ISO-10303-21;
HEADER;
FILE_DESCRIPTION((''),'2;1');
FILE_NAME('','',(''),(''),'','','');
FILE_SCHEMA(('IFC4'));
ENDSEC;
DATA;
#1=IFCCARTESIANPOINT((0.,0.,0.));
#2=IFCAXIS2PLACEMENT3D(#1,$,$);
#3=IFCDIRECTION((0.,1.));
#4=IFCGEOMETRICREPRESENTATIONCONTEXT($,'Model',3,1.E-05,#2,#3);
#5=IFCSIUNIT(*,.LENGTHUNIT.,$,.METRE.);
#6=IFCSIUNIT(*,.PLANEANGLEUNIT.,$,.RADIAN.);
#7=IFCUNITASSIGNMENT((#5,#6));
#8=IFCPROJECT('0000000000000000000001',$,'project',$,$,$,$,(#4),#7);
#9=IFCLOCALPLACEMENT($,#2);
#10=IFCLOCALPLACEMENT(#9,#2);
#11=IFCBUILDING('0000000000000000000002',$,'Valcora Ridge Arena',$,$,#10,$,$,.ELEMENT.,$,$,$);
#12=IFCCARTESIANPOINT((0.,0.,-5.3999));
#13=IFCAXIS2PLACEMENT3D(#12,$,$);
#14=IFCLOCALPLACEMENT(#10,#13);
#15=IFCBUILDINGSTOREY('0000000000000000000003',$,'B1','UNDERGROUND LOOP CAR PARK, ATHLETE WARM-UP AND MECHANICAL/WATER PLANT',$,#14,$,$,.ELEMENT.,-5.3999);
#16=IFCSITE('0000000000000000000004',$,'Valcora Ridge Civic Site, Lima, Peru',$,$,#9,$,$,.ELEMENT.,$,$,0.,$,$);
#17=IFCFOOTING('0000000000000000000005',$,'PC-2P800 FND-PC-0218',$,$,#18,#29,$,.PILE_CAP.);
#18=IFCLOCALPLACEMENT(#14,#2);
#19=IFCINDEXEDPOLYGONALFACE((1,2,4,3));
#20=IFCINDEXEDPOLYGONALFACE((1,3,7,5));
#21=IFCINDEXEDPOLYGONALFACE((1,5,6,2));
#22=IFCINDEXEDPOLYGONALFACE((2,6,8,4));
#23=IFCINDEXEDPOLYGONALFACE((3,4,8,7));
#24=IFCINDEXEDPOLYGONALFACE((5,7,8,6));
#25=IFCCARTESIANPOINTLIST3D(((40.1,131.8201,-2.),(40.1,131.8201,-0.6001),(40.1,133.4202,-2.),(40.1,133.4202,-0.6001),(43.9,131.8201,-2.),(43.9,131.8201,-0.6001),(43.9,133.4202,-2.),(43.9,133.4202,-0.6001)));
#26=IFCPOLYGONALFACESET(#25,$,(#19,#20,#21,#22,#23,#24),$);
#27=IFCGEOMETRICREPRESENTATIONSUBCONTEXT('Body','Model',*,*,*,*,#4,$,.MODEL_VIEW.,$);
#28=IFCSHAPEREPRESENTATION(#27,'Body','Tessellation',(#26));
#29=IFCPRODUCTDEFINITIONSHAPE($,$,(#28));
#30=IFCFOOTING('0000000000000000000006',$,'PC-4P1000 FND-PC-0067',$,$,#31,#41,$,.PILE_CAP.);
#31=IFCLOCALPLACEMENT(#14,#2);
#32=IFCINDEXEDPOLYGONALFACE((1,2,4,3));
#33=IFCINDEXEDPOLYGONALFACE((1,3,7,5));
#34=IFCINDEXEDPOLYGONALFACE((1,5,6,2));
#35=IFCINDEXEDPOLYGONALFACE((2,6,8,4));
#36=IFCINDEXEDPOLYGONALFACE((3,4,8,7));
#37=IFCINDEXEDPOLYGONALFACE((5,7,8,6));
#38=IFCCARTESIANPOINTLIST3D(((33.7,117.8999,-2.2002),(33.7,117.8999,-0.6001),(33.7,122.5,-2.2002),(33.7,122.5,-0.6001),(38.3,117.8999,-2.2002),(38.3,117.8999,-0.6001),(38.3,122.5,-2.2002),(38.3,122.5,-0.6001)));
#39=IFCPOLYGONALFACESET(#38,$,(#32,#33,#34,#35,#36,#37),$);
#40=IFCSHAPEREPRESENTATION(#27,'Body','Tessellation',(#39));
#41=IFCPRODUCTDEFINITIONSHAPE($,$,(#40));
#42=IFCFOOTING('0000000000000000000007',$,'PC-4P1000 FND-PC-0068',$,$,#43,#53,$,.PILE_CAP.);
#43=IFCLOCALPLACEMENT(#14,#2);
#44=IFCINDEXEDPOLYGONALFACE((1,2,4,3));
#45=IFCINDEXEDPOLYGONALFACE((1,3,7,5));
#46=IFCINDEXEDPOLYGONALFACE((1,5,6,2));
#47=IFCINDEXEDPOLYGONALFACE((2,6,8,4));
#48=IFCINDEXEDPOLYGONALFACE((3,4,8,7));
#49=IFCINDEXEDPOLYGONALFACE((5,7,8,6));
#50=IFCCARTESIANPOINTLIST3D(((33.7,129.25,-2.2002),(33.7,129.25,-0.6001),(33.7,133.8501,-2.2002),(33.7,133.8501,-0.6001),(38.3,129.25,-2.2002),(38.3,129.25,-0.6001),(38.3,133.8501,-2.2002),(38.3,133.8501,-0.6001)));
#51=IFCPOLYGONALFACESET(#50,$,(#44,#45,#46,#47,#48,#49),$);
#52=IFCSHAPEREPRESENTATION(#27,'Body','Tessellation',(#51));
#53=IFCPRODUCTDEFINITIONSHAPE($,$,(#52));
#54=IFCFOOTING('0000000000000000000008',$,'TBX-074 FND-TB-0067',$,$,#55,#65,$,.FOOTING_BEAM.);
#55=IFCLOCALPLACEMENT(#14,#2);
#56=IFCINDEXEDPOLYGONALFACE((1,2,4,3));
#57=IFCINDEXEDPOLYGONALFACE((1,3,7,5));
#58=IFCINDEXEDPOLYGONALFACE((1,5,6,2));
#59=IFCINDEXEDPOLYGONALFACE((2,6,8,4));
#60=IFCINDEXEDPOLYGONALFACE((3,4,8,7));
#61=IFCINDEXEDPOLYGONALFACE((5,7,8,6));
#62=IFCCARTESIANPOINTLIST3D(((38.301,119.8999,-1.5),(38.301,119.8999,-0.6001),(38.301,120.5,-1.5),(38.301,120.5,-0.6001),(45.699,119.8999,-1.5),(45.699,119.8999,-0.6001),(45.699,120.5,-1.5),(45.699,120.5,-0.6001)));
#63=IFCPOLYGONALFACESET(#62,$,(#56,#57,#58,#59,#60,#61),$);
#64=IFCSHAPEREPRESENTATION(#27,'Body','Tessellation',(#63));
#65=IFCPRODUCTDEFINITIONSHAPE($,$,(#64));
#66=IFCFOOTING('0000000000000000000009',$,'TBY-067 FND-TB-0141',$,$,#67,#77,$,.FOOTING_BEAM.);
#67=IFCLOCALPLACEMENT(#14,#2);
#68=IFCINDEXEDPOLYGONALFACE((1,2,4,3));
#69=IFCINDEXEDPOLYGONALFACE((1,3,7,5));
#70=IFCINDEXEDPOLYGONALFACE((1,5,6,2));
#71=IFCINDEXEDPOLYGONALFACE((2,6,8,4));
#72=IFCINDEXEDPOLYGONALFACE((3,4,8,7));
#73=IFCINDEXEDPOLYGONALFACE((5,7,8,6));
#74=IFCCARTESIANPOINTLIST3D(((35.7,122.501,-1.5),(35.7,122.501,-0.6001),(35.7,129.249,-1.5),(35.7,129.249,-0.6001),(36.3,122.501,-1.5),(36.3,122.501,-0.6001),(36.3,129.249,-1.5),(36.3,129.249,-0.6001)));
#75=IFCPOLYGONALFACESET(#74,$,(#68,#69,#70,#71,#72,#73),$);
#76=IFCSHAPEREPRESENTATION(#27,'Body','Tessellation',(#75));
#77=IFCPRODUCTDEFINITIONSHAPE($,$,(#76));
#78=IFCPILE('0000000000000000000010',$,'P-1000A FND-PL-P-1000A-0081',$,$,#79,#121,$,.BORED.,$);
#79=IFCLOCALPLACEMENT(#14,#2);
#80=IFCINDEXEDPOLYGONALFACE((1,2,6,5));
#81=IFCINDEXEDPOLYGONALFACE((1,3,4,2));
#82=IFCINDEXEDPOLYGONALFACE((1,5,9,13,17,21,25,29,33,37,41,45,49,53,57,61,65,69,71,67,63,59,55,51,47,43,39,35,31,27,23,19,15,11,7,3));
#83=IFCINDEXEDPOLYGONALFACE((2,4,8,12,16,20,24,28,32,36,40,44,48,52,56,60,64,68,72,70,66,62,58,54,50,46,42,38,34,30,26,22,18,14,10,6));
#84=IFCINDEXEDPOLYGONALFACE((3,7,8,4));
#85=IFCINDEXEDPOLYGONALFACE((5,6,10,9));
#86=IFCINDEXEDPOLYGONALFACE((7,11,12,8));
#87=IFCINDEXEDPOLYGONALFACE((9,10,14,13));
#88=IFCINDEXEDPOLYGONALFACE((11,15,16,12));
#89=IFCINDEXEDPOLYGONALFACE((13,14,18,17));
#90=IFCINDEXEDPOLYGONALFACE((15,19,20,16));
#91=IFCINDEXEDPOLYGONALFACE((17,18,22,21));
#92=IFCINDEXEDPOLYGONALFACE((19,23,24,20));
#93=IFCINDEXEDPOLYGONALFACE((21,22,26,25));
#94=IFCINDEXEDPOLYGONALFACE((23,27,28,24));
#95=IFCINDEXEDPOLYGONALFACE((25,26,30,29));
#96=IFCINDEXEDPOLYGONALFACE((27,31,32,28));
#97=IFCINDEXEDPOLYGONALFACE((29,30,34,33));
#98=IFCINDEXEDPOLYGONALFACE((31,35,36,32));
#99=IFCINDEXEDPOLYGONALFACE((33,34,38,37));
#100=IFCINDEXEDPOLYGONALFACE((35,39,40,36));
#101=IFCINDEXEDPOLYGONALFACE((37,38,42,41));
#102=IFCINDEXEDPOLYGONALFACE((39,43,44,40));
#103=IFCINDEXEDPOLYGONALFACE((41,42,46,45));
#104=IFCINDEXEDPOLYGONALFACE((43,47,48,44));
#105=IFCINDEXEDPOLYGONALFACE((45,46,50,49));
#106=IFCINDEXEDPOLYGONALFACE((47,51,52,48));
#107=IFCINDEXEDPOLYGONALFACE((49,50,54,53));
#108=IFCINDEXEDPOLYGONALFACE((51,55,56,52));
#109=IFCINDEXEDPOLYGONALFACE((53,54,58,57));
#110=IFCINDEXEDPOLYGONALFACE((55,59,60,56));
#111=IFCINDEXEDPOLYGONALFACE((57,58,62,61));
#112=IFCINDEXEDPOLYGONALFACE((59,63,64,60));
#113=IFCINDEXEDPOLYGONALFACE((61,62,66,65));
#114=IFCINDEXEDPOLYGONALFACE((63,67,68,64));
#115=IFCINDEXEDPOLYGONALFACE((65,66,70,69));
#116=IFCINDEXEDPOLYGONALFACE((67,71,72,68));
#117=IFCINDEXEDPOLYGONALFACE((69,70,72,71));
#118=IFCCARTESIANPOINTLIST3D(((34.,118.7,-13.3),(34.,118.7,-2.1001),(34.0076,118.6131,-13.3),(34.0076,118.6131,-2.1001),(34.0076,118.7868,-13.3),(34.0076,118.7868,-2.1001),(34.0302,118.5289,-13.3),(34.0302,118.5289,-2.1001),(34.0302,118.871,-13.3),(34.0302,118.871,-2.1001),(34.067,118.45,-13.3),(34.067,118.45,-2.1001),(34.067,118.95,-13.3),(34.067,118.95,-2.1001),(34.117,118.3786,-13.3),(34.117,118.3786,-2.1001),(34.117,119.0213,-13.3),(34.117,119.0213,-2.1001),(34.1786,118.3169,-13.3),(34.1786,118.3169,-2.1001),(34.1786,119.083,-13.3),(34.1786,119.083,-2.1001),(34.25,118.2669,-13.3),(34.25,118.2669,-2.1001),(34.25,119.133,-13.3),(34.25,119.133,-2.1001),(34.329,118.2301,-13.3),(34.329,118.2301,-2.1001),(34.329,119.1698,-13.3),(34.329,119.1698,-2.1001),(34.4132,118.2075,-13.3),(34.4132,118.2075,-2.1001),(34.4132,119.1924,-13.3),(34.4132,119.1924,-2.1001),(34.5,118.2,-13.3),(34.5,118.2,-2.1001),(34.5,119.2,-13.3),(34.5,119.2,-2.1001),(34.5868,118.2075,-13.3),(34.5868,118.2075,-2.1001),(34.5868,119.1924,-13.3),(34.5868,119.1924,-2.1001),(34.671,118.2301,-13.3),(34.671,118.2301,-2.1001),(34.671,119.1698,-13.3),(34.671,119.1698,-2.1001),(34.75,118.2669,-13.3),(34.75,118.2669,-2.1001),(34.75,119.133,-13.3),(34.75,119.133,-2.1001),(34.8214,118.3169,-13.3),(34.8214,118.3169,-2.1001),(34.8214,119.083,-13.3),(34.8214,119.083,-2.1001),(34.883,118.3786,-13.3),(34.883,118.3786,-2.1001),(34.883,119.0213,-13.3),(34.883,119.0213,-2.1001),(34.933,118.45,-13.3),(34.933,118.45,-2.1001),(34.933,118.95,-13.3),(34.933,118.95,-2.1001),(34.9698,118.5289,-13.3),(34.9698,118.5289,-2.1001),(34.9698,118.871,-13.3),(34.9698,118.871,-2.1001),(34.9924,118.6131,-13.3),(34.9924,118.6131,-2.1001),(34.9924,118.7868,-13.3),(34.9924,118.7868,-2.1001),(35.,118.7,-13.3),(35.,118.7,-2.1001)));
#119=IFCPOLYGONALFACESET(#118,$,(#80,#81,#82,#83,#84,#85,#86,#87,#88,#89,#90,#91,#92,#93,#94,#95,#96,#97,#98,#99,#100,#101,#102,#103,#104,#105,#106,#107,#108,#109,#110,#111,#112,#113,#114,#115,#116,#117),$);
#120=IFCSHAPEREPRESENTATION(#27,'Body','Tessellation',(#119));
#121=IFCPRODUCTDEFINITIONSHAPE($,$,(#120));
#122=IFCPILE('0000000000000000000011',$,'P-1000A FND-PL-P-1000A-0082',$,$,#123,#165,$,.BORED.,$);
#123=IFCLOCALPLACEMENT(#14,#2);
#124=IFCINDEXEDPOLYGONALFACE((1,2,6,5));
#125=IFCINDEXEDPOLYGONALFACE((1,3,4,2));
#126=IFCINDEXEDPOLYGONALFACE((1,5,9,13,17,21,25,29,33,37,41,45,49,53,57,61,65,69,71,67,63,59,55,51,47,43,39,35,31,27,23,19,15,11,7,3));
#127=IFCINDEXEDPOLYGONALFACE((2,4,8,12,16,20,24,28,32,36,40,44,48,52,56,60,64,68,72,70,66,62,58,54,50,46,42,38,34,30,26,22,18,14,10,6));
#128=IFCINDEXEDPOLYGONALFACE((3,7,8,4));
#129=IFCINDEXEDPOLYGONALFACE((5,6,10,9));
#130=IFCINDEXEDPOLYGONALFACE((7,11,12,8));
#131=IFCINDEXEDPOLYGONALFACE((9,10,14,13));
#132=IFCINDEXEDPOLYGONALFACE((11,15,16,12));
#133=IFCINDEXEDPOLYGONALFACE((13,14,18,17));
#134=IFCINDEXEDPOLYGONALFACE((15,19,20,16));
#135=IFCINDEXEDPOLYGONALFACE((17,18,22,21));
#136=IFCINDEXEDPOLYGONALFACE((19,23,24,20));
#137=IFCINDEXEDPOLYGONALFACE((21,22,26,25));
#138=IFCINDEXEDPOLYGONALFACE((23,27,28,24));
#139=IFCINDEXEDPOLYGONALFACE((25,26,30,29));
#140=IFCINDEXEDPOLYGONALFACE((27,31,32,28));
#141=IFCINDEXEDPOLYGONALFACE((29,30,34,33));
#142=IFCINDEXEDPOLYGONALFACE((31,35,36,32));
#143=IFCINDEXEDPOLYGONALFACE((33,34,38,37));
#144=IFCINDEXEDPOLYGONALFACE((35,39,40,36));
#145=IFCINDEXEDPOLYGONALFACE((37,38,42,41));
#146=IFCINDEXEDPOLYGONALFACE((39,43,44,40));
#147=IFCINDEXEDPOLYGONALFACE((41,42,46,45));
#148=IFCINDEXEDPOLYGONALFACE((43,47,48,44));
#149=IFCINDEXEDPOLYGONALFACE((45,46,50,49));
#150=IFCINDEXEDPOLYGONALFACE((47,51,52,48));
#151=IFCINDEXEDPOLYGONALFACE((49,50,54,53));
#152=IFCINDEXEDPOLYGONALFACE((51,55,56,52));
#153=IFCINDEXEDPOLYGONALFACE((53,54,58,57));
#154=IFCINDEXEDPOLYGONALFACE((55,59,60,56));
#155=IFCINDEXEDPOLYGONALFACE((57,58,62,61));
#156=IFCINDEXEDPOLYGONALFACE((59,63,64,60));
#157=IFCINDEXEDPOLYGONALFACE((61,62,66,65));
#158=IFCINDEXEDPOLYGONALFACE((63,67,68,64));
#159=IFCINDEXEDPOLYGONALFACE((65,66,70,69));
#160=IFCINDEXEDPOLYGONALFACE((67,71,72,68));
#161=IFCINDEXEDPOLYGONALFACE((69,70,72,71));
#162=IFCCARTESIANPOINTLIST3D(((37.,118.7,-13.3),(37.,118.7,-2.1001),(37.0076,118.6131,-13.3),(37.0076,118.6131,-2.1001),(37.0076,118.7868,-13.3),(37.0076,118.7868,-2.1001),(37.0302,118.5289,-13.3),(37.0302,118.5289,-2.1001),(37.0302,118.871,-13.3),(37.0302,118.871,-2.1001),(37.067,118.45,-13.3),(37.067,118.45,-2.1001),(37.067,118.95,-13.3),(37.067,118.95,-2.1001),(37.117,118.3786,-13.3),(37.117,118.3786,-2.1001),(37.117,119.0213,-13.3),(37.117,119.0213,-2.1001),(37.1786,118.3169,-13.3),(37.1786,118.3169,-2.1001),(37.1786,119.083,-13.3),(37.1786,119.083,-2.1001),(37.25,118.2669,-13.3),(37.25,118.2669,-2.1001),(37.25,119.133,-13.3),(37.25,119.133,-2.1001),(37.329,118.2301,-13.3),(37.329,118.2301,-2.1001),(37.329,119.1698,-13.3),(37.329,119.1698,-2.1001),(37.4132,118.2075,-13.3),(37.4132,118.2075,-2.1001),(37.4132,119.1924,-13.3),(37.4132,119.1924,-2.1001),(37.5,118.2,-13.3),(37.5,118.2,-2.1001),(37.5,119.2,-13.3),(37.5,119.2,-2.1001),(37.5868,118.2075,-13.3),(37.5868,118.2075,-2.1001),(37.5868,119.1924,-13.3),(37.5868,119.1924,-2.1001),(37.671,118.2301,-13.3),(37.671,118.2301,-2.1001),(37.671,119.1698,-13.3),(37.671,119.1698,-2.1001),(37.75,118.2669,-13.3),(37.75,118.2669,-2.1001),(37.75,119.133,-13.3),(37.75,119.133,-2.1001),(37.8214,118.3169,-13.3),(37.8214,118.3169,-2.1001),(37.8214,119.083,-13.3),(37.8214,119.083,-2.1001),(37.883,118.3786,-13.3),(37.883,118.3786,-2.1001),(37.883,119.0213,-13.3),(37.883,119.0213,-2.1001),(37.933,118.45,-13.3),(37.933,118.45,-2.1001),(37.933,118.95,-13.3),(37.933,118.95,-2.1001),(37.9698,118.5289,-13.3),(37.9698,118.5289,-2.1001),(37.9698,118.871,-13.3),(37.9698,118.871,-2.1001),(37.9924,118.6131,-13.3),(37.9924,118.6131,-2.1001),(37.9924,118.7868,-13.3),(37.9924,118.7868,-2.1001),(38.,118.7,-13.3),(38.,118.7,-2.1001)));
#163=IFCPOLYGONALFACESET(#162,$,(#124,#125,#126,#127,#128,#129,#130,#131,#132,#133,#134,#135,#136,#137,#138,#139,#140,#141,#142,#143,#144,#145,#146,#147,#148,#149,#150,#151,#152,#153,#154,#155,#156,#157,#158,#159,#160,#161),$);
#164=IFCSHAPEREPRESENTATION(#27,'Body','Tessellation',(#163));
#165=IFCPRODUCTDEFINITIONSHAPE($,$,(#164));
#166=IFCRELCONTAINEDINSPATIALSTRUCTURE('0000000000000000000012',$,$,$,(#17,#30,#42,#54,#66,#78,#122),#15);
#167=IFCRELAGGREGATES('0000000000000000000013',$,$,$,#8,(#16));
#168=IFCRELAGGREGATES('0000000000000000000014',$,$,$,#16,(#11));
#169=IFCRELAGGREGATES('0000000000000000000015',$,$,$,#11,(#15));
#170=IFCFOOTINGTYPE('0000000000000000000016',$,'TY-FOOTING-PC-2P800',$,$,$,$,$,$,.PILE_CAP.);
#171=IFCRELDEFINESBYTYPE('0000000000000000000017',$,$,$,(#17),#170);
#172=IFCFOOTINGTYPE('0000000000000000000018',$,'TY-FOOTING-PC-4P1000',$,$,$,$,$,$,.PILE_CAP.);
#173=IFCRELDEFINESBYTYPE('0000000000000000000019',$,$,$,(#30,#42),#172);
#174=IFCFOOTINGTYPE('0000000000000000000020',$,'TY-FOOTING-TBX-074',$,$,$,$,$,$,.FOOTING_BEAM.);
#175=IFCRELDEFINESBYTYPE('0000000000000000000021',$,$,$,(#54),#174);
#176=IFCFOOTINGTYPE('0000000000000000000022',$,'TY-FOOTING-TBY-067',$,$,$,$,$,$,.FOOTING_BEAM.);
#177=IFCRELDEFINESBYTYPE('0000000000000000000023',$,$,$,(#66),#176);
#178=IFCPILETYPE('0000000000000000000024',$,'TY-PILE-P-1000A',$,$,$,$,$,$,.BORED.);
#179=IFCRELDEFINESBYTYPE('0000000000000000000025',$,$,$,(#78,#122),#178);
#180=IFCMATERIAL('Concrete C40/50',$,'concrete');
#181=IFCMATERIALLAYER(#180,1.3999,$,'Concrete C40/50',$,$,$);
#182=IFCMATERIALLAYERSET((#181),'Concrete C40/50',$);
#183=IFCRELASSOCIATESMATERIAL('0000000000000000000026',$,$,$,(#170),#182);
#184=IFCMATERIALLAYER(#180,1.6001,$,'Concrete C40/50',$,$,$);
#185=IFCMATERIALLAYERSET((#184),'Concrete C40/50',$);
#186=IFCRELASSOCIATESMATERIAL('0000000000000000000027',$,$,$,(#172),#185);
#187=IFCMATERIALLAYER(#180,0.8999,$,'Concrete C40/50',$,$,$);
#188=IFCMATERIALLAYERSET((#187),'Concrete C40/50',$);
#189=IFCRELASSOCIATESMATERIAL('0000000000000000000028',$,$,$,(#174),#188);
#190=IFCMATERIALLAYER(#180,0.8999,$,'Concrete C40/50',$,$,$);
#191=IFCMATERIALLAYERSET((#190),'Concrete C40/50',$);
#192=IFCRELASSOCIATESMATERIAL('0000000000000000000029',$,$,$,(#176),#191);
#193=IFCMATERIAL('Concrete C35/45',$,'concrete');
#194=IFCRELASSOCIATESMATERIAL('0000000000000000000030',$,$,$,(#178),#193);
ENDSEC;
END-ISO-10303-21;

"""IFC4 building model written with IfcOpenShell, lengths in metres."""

from ifc_helpers import new_model, si_unit, direction, frame, origin, origin_2d, place, context, subcontext, project, spatial, rectangle, circle, extrude, material, layer, layer_set, material_profile, profile_set, type_object, element, save


model = new_model("IFC4")

# Units and contexts
model_context = context("Model", 3, precision=1e-05, world=origin(), true_north=direction((0.0, 1.0)))
body_context = subcontext(model_context, "Body", "Model", "MODEL_VIEW")
ifc_project = project(units=[si_unit("LENGTHUNIT", "METRE"), si_unit("PLANEANGLEUNIT", "RADIAN")], contexts=[model_context])

# Site, building, storey
site_placement = place(None, origin())
site = spatial("IfcSite", under=ifc_project, at=site_placement, Name="Valcora Ridge Civic Site, Lima, Peru", CompositionType="ELEMENT", RefElevation=0.0)
building_placement = place(site_placement, origin())
building = spatial("IfcBuilding", under=site, at=building_placement, Name="Valcora Ridge Arena", CompositionType="ELEMENT")
storey_placement = place(building_placement, frame((0.0, 0.0, -5.3999)))
storey = spatial("IfcBuildingStorey", under=building, at=storey_placement, Name="B1", Description="UNDERGROUND LOOP CAR PARK, ATHLETE WARM-UP AND MECHANICAL/WATER PLANT", CompositionType="ELEMENT", Elevation=-5.3999)

# Footings
ifc_material_1 = material(Name="Concrete C40/50", Category="concrete")
ifc_layer_1 = layer(ifc_material_1, 1.3999, Name="Concrete C40/50")
ifc_layer_set_1 = layer_set([ifc_layer_1], Name="Concrete C40/50")
footing_type_1 = type_object("IfcFootingType", Name="TY-FOOTING-PC-2P800", PredefinedType="PILE_CAP", material=ifc_layer_set_1)
footing_1_placement = place(storey_placement, frame((42.0, 132.6201, -2.0), z_axis=(0.0, 0.0, 1.0), x_axis=(1.0, 0.0, 0.0)))
element("IfcFooting", 1, at=footing_1_placement, inside=storey, type_object=footing_type_1, Name="PC-2P800 FND-PC-0218", PredefinedType="PILE_CAP", context=body_context, shape_type="SweptSolid", body=[
    extrude(rectangle(XDim=3.8, YDim=1.6001, at=origin_2d()), origin(), (0.0, 0.0, 1.0), 1.3999),
])
ifc_layer_2 = layer(ifc_material_1, 1.6001, Name="Concrete C40/50")
ifc_layer_set_2 = layer_set([ifc_layer_2], Name="Concrete C40/50")
footing_type_2 = type_object("IfcFootingType", Name="TY-FOOTING-PC-4P1000", PredefinedType="PILE_CAP", material=ifc_layer_set_2)
for number, where, z_axis, x_axis, name in (
    (2, (36.0, 120.2, -2.2002), (0.0, 0.0, 1.0), (1.0, 0.0, 0.0), "PC-4P1000 FND-PC-0067"),
    (3, (36.0, 131.55, -2.2002), (0.0, 0.0, 1.0), (1.0, 0.0, 0.0), "PC-4P1000 FND-PC-0068"),
):
    element("IfcFooting", number, at=place(storey_placement, frame(where, z_axis=z_axis, x_axis=x_axis)), inside=storey, type_object=footing_type_2, Name=name, PredefinedType="PILE_CAP", context=body_context, shape_type="SweptSolid", body=[
        extrude(rectangle(XDim=4.6001, YDim=4.6001, at=origin_2d()), origin(), (0.0, 0.0, 1.0), 1.6001),
    ])
ifc_layer_3 = layer(ifc_material_1, 0.8999, Name="Concrete C40/50")
ifc_layer_set_3 = layer_set([ifc_layer_3], Name="Concrete C40/50")
footing_type_3 = type_object("IfcFootingType", Name="TY-FOOTING-TBX-074", PredefinedType="FOOTING_BEAM", material=ifc_layer_set_3)
footing_2_placement = place(storey_placement, frame((42.0, 120.2, -1.5), z_axis=(0.0, 0.0, 1.0), x_axis=(1.0, 0.0, 0.0)))
element("IfcFooting", 4, at=footing_2_placement, inside=storey, type_object=footing_type_3, Name="TBX-074 FND-TB-0067", PredefinedType="FOOTING_BEAM", context=body_context, shape_type="SweptSolid", body=[
    extrude(rectangle(XDim=7.3979, YDim=0.6001, at=origin_2d()), origin(), (0.0, 0.0, 1.0), 0.8999),
])
ifc_layer_4 = layer(ifc_material_1, 0.8999, Name="Concrete C40/50")
ifc_layer_set_4 = layer_set([ifc_layer_4], Name="Concrete C40/50")
footing_type_4 = type_object("IfcFootingType", Name="TY-FOOTING-TBY-067", PredefinedType="FOOTING_BEAM", material=ifc_layer_set_4)
footing_3_placement = place(storey_placement, frame((36.0, 125.875, -1.5), z_axis=(0.0, 0.0, 1.0), x_axis=(1.0, 0.0, 0.0)))
element("IfcFooting", 5, at=footing_3_placement, inside=storey, type_object=footing_type_4, Name="TBY-067 FND-TB-0141", PredefinedType="FOOTING_BEAM", context=body_context, shape_type="SweptSolid", body=[
    extrude(rectangle(XDim=0.6001, YDim=6.748, at=origin_2d()), origin(), (0.0, 0.0, 1.0), 0.8999),
])

# Piles
ifc_material_2 = material(Name="Concrete C35/45", Category="concrete")
ifc_material_profile_1 = material_profile(ifc_material_2, circle(Radius=0.5, at=origin_2d()), Name="BORED PILE D1000")
ifc_profile_set_1 = profile_set([ifc_material_profile_1], Name="Concrete C35/45")
pile_type_1 = type_object("IfcPileType", Name="TY-PILE-P-1000A", PredefinedType="BORED", material=ifc_profile_set_1)
for number, where, z_axis, x_axis, name in (
    (6, (34.5, 118.7, -2.1001), (0.0, 0.0, -1.0), (1.0, 0.0, 0.0), "P-1000A FND-PL-P-1000A-0081"),
    (7, (37.5, 118.7, -2.1001), (0.0, 0.0, -1.0), (1.0, 0.0, 0.0), "P-1000A FND-PL-P-1000A-0082"),
):
    element("IfcPile", number, at=place(storey_placement, frame(where, z_axis=z_axis, x_axis=x_axis)), inside=storey, type_object=pile_type_1, Name=name, PredefinedType="BORED", context=body_context, shape_type="SweptSolid", body=[
        extrude(circle(Radius=0.5, at=origin_2d()), origin(), (0.0, 0.0, 1.0), 11.2),
    ])

save(model, "model.ifc")
